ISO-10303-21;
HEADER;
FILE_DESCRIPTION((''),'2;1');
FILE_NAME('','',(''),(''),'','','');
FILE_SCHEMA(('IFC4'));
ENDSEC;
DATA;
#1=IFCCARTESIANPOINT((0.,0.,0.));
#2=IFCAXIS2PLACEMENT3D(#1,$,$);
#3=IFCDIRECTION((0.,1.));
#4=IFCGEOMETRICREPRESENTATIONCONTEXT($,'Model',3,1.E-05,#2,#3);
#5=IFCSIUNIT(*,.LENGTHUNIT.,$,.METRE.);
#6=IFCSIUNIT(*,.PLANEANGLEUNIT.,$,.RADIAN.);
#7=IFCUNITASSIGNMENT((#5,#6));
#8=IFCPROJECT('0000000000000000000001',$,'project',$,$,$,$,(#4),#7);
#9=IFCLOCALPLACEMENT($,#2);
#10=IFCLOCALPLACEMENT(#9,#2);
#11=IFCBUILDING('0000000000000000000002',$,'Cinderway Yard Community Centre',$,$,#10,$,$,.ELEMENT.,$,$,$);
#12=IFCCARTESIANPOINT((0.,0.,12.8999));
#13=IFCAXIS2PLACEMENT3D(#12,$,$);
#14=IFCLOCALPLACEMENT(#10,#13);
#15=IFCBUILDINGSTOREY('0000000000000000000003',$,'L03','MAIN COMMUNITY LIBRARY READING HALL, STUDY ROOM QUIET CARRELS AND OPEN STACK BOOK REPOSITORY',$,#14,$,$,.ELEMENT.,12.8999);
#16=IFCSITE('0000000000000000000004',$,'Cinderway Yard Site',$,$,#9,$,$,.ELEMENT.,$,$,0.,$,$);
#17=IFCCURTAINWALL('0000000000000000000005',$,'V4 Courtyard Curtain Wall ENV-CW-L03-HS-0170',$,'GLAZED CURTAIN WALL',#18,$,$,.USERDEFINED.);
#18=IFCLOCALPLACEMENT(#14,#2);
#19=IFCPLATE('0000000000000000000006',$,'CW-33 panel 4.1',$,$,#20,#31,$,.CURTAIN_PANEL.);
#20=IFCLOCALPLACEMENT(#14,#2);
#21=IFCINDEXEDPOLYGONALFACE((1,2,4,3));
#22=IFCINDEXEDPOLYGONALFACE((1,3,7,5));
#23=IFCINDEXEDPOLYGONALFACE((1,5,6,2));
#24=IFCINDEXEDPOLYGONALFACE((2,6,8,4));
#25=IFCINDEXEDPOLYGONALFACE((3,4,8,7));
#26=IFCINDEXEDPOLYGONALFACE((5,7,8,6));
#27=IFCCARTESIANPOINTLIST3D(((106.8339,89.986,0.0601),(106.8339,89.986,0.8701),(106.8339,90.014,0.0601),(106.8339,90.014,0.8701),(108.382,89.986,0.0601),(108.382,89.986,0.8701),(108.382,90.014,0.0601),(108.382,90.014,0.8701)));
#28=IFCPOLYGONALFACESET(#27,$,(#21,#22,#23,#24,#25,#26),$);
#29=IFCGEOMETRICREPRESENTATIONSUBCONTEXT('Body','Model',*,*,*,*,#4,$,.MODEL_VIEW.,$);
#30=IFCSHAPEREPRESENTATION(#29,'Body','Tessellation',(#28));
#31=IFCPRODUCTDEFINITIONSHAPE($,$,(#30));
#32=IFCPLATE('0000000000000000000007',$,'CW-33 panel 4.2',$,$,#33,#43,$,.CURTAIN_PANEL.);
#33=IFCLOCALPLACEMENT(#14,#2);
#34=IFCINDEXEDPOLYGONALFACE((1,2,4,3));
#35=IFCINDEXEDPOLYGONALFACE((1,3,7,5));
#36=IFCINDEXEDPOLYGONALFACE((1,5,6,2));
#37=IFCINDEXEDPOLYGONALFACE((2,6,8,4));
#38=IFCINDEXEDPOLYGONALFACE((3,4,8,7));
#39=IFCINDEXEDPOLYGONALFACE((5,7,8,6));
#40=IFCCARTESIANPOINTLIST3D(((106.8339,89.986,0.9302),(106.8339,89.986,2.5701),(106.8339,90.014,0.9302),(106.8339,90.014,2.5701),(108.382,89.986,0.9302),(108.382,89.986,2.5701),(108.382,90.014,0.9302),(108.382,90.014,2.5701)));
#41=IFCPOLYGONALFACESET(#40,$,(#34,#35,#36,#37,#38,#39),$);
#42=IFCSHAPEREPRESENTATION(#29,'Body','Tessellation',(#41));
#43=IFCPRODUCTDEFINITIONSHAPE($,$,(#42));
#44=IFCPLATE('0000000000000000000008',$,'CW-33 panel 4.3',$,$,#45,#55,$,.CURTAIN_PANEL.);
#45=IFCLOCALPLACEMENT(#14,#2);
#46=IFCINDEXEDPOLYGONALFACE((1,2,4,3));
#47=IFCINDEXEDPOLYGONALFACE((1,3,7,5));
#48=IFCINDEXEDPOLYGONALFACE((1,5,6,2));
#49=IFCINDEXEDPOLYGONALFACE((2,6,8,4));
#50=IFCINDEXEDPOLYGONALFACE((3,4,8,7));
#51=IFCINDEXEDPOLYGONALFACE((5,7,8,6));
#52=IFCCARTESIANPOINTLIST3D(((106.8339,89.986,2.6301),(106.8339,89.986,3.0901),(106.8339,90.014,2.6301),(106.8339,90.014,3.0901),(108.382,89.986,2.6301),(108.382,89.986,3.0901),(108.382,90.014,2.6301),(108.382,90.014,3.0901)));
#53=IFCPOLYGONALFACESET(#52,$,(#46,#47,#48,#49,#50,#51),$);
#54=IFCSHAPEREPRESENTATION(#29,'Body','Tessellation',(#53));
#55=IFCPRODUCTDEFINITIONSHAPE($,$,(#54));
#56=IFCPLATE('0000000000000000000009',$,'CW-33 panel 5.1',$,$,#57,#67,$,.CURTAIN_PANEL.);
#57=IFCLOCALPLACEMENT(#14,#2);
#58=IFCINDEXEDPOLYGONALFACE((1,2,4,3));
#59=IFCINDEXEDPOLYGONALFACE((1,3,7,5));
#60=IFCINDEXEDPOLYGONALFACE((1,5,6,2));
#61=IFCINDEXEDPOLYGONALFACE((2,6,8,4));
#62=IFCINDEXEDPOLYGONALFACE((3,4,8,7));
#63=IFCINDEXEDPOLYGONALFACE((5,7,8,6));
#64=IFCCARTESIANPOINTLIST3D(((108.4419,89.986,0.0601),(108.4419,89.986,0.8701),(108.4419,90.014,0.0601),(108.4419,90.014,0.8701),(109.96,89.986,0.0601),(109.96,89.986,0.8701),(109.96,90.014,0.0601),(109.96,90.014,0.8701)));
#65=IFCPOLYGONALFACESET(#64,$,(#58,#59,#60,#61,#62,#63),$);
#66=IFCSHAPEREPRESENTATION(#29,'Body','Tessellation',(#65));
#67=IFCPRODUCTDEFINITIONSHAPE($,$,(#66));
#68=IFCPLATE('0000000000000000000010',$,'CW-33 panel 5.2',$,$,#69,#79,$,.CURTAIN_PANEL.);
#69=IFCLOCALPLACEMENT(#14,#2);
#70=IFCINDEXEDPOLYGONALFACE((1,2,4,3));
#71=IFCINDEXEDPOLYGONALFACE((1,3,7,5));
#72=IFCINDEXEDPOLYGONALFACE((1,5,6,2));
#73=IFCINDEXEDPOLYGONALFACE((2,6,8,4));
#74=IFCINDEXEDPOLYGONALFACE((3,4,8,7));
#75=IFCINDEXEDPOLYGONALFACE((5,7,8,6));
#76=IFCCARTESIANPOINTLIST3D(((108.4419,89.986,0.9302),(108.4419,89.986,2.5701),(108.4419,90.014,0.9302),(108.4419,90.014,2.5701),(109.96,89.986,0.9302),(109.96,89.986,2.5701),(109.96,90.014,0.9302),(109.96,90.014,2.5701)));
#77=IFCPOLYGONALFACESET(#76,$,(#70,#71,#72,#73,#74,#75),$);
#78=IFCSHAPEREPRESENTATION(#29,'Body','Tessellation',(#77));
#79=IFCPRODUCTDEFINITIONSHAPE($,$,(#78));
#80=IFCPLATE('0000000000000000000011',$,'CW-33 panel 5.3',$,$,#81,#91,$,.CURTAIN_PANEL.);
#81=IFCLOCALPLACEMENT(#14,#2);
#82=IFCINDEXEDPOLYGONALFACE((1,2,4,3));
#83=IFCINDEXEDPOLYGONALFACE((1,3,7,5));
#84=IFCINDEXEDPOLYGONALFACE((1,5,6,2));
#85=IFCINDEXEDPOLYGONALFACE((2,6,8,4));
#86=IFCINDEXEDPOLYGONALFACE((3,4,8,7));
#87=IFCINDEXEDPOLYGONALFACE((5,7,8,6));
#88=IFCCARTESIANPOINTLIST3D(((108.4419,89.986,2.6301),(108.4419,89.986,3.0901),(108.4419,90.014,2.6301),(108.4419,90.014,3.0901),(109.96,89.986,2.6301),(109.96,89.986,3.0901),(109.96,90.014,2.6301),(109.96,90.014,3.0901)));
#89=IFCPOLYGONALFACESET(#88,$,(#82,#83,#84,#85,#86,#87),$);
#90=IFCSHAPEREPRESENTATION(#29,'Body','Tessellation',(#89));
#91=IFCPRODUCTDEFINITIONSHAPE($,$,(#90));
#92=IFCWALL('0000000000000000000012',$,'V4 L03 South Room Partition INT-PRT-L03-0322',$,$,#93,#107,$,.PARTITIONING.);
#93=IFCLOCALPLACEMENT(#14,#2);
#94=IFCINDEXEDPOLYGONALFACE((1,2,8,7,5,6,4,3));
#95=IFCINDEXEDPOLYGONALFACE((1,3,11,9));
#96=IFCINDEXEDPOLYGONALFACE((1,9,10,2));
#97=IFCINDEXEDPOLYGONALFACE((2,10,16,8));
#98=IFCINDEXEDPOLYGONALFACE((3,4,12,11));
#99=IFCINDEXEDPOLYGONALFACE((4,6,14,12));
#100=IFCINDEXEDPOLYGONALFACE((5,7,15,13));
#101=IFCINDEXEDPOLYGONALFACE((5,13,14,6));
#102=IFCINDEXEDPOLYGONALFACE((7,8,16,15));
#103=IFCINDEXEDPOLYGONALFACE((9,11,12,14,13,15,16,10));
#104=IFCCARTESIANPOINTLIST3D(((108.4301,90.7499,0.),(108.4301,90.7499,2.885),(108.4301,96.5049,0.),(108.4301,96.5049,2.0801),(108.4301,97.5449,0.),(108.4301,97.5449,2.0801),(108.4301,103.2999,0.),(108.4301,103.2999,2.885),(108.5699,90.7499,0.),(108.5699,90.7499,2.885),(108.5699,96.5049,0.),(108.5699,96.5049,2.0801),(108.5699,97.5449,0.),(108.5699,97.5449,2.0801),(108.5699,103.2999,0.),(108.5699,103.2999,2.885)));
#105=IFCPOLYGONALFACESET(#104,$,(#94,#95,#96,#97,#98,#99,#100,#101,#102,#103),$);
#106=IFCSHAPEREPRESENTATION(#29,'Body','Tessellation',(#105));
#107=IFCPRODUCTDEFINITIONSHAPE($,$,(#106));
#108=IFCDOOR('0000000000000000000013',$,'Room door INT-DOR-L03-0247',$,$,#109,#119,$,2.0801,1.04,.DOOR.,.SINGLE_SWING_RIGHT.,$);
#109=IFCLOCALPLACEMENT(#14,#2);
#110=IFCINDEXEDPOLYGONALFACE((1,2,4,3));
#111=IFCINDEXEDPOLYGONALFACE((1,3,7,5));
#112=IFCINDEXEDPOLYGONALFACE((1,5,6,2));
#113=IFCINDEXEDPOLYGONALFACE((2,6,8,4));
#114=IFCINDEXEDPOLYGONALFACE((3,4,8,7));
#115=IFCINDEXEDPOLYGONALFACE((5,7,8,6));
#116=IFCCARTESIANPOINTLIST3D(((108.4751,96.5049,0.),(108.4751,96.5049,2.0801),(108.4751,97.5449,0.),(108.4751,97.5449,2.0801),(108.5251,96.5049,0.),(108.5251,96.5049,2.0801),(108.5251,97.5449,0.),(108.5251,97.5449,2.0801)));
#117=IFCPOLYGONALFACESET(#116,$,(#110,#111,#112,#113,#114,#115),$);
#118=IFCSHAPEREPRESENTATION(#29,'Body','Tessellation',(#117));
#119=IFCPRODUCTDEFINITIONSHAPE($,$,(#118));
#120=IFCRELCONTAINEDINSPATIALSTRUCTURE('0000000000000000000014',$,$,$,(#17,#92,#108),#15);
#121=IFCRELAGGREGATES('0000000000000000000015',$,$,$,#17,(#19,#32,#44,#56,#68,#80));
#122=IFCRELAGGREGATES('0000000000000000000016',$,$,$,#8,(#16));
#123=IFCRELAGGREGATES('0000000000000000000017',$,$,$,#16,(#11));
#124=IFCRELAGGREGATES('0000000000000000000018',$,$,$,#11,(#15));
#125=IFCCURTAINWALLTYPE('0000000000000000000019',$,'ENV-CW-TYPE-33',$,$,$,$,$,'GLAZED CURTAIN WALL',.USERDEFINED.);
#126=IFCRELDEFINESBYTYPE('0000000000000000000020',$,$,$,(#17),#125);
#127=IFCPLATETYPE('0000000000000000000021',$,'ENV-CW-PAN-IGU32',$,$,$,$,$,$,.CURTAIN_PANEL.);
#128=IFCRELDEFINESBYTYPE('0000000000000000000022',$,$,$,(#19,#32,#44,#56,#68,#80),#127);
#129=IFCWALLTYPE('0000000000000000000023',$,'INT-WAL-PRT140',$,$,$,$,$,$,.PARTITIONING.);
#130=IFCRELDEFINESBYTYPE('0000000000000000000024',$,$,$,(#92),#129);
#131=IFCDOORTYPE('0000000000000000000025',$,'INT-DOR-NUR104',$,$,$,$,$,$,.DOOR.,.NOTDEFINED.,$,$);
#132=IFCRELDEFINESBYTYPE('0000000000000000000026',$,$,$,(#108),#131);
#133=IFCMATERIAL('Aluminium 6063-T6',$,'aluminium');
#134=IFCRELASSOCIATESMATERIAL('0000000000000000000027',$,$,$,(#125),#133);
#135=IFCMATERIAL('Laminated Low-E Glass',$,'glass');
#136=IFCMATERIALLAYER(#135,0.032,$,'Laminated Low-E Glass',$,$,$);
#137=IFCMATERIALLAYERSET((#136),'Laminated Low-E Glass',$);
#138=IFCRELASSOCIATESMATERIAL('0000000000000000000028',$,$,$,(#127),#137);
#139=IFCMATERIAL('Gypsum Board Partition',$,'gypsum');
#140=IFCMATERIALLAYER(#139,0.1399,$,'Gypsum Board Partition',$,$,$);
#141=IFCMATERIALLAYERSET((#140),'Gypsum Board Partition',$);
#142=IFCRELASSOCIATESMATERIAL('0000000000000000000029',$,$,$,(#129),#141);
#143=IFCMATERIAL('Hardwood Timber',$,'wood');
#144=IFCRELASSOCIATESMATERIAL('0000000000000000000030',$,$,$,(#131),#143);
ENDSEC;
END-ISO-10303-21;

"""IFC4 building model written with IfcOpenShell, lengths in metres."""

from ifc_helpers import new_model, si_unit, direction, frame, frame_2d, origin, origin_2d, place, context, subcontext, project, spatial, rectangle, extrude, material, layer, layer_set, type_object, element, fill, aggregate, save


model = new_model("IFC4")

# Units and contexts
model_context = context("Model", 3, precision=1e-05, world=origin(), true_north=direction((0.0, 1.0)))
body_context = subcontext(model_context, "Body", "Model", "MODEL_VIEW")
ifc_project = project(units=[si_unit("LENGTHUNIT", "METRE"), si_unit("PLANEANGLEUNIT", "RADIAN")], contexts=[model_context])

# Site, building, storey
site_placement = place(None, origin())
site = spatial("IfcSite", under=ifc_project, at=site_placement, Name="Cinderway Yard Site", CompositionType="ELEMENT", RefElevation=0.0)
building_placement = place(site_placement, origin())
building = spatial("IfcBuilding", under=site, at=building_placement, Name="Cinderway Yard Community Centre", CompositionType="ELEMENT")
storey_placement = place(building_placement, frame((0.0, 0.0, 12.8999)))
storey = spatial("IfcBuildingStorey", under=building, at=storey_placement, Name="L03", Description="MAIN COMMUNITY LIBRARY READING HALL, STUDY ROOM QUIET CARRELS AND OPEN STACK BOOK REPOSITORY", CompositionType="ELEMENT", Elevation=12.8999)

# Curtain wall
ifc_material_1 = material(Name="Aluminium 6063-T6", Category="aluminium")
curtain_wall_type = type_object("IfcCurtainWallType", Name="ENV-CW-TYPE-33", ElementType="GLAZED CURTAIN WALL", PredefinedType="USERDEFINED", material=ifc_material_1)
curtain_wall_placement = place(storey_placement, origin())
curtain_wall = element("IfcCurtainWall", 1, at=curtain_wall_placement, inside=storey, type_object=curtain_wall_type, Name="V4 Courtyard Curtain Wall ENV-CW-L03-HS-0170", ObjectType="GLAZED CURTAIN WALL", PredefinedType="USERDEFINED")

# Plates
ifc_material_2 = material(Name="Laminated Low-E Glass", Category="glass")
ifc_layer_1 = layer(ifc_material_2, 0.032, Name="Laminated Low-E Glass")
ifc_layer_set_1 = layer_set([ifc_layer_1], Name="Laminated Low-E Glass")
plate_type = type_object("IfcPlateType", Name="ENV-CW-PAN-IGU32", PredefinedType="CURTAIN_PANEL", material=ifc_layer_set_1)
plate_1_placement = place(storey_placement, frame((107.6079, 90.0, 0.0601), z_axis=(0.0, 0.0, 1.0), x_axis=(1.0, 0.0, 0.0)))
plate_1 = element("IfcPlate", 2, at=plate_1_placement, type_object=plate_type, Name="CW-33 panel 4.1", PredefinedType="CURTAIN_PANEL", context=body_context, shape_type="SweptSolid", body=[
    extrude(rectangle(XDim=1.5481, YDim=0.0281, at=origin_2d()), origin(), (0.0, 0.0, 1.0), 0.8101),
])
plate_2_placement = place(storey_placement, frame((107.6079, 90.0, 0.9302), z_axis=(0.0, 0.0, 1.0), x_axis=(1.0, 0.0, 0.0)))
plate_2 = element("IfcPlate", 3, at=plate_2_placement, type_object=plate_type, Name="CW-33 panel 4.2", PredefinedType="CURTAIN_PANEL", context=body_context, shape_type="SweptSolid", body=[
    extrude(rectangle(XDim=1.5481, YDim=0.0281, at=origin_2d()), origin(), (0.0, 0.0, 1.0), 1.6399),
])
plate_3_placement = place(storey_placement, frame((107.6079, 90.0, 2.6301), z_axis=(0.0, 0.0, 1.0), x_axis=(1.0, 0.0, 0.0)))
plate_3 = element("IfcPlate", 4, at=plate_3_placement, type_object=plate_type, Name="CW-33 panel 4.3", PredefinedType="CURTAIN_PANEL", context=body_context, shape_type="SweptSolid", body=[
    extrude(rectangle(XDim=1.5481, YDim=0.0281, at=origin_2d()), origin(), (0.0, 0.0, 1.0), 0.46),
])
plate_4_placement = place(storey_placement, frame((109.2009, 90.0, 0.0601), z_axis=(0.0, 0.0, 1.0), x_axis=(1.0, 0.0, 0.0)))
plate_4 = element("IfcPlate", 5, at=plate_4_placement, type_object=plate_type, Name="CW-33 panel 5.1", PredefinedType="CURTAIN_PANEL", context=body_context, shape_type="SweptSolid", body=[
    extrude(rectangle(XDim=1.5181, YDim=0.0281, at=origin_2d()), origin(), (0.0, 0.0, 1.0), 0.8101),
])
plate_5_placement = place(storey_placement, frame((109.2009, 90.0, 0.9302), z_axis=(0.0, 0.0, 1.0), x_axis=(1.0, 0.0, 0.0)))
plate_5 = element("IfcPlate", 6, at=plate_5_placement, type_object=plate_type, Name="CW-33 panel 5.2", PredefinedType="CURTAIN_PANEL", context=body_context, shape_type="SweptSolid", body=[
    extrude(rectangle(XDim=1.5181, YDim=0.0281, at=origin_2d()), origin(), (0.0, 0.0, 1.0), 1.6399),
])
plate_6_placement = place(storey_placement, frame((109.2009, 90.0, 2.6301), z_axis=(0.0, 0.0, 1.0), x_axis=(1.0, 0.0, 0.0)))
plate_6 = element("IfcPlate", 7, at=plate_6_placement, type_object=plate_type, Name="CW-33 panel 5.3", PredefinedType="CURTAIN_PANEL", context=body_context, shape_type="SweptSolid", body=[
    extrude(rectangle(XDim=1.5181, YDim=0.0281, at=origin_2d()), origin(), (0.0, 0.0, 1.0), 0.46),
])
aggregate(curtain_wall, [plate_1, plate_2, plate_3, plate_4, plate_5, plate_6])

# Wall, opening, door
ifc_material_3 = material(Name="Gypsum Board Partition", Category="gypsum")
ifc_layer_2 = layer(ifc_material_3, 0.1399, Name="Gypsum Board Partition")
ifc_layer_set_2 = layer_set([ifc_layer_2], Name="Gypsum Board Partition")
wall_type = type_object("IfcWallType", Name="INT-WAL-PRT140", PredefinedType="PARTITIONING", material=ifc_layer_set_2)
wall_placement = place(storey_placement, frame((108.5, 90.75, 0.0), z_axis=(0.0, 0.0, 1.0), x_axis=(0.0, 1.0, 0.0)))
wall = element("IfcWall", 8, at=wall_placement, inside=storey, type_object=wall_type, Name="V4 L03 South Room Partition INT-PRT-L03-0322", PredefinedType="PARTITIONING", context=body_context, shape_type="SweptSolid", body=[
    extrude(rectangle(XDim=12.55, YDim=0.1399, at=frame_2d((6.2749, 0.0))), origin(), (0.0, 0.0, 1.0), 2.885),
])
opening_placement = place(wall_placement, frame((5.7549, 0.0, 0.0)))
opening = element("IfcOpeningElement", 9, at=opening_placement, cuts=wall, PredefinedType="OPENING", context=body_context, shape_type="SweptSolid", body=[
    extrude(rectangle(XDim=1.04, YDim=2.0801, at=frame_2d((0.52, 1.04))), frame((0.0, 0.0798, 0.0), z_axis=(0.0, -1.0, 0.0), x_axis=(1.0, 0.0, 0.0)), (0.0, 0.0, 1.0), 0.1599),
])
ifc_material_4 = material(Name="Hardwood Timber", Category="wood")
door_type = type_object("IfcDoorType", Name="INT-DOR-NUR104", OperationType="NOTDEFINED", PredefinedType="DOOR", material=ifc_material_4)
door_placement = place(opening_placement, origin())
door = element("IfcDoor", 10, at=door_placement, inside=storey, type_object=door_type, Name="Room door INT-DOR-L03-0247", OperationType="SINGLE_SWING_RIGHT", OverallHeight=2.0801, OverallWidth=1.04, PredefinedType="DOOR", context=body_context, shape_type="SweptSolid", body=[
    extrude(rectangle(XDim=1.04, YDim=2.0801, at=frame_2d((0.52, 1.04))), frame((0.0, 0.0249, 0.0), z_axis=(0.0, -1.0, 0.0), x_axis=(1.0, 0.0, 0.0)), (0.0, 0.0, 1.0), 0.05),
])
fill(opening, door)

save(model, "model.ifc")
